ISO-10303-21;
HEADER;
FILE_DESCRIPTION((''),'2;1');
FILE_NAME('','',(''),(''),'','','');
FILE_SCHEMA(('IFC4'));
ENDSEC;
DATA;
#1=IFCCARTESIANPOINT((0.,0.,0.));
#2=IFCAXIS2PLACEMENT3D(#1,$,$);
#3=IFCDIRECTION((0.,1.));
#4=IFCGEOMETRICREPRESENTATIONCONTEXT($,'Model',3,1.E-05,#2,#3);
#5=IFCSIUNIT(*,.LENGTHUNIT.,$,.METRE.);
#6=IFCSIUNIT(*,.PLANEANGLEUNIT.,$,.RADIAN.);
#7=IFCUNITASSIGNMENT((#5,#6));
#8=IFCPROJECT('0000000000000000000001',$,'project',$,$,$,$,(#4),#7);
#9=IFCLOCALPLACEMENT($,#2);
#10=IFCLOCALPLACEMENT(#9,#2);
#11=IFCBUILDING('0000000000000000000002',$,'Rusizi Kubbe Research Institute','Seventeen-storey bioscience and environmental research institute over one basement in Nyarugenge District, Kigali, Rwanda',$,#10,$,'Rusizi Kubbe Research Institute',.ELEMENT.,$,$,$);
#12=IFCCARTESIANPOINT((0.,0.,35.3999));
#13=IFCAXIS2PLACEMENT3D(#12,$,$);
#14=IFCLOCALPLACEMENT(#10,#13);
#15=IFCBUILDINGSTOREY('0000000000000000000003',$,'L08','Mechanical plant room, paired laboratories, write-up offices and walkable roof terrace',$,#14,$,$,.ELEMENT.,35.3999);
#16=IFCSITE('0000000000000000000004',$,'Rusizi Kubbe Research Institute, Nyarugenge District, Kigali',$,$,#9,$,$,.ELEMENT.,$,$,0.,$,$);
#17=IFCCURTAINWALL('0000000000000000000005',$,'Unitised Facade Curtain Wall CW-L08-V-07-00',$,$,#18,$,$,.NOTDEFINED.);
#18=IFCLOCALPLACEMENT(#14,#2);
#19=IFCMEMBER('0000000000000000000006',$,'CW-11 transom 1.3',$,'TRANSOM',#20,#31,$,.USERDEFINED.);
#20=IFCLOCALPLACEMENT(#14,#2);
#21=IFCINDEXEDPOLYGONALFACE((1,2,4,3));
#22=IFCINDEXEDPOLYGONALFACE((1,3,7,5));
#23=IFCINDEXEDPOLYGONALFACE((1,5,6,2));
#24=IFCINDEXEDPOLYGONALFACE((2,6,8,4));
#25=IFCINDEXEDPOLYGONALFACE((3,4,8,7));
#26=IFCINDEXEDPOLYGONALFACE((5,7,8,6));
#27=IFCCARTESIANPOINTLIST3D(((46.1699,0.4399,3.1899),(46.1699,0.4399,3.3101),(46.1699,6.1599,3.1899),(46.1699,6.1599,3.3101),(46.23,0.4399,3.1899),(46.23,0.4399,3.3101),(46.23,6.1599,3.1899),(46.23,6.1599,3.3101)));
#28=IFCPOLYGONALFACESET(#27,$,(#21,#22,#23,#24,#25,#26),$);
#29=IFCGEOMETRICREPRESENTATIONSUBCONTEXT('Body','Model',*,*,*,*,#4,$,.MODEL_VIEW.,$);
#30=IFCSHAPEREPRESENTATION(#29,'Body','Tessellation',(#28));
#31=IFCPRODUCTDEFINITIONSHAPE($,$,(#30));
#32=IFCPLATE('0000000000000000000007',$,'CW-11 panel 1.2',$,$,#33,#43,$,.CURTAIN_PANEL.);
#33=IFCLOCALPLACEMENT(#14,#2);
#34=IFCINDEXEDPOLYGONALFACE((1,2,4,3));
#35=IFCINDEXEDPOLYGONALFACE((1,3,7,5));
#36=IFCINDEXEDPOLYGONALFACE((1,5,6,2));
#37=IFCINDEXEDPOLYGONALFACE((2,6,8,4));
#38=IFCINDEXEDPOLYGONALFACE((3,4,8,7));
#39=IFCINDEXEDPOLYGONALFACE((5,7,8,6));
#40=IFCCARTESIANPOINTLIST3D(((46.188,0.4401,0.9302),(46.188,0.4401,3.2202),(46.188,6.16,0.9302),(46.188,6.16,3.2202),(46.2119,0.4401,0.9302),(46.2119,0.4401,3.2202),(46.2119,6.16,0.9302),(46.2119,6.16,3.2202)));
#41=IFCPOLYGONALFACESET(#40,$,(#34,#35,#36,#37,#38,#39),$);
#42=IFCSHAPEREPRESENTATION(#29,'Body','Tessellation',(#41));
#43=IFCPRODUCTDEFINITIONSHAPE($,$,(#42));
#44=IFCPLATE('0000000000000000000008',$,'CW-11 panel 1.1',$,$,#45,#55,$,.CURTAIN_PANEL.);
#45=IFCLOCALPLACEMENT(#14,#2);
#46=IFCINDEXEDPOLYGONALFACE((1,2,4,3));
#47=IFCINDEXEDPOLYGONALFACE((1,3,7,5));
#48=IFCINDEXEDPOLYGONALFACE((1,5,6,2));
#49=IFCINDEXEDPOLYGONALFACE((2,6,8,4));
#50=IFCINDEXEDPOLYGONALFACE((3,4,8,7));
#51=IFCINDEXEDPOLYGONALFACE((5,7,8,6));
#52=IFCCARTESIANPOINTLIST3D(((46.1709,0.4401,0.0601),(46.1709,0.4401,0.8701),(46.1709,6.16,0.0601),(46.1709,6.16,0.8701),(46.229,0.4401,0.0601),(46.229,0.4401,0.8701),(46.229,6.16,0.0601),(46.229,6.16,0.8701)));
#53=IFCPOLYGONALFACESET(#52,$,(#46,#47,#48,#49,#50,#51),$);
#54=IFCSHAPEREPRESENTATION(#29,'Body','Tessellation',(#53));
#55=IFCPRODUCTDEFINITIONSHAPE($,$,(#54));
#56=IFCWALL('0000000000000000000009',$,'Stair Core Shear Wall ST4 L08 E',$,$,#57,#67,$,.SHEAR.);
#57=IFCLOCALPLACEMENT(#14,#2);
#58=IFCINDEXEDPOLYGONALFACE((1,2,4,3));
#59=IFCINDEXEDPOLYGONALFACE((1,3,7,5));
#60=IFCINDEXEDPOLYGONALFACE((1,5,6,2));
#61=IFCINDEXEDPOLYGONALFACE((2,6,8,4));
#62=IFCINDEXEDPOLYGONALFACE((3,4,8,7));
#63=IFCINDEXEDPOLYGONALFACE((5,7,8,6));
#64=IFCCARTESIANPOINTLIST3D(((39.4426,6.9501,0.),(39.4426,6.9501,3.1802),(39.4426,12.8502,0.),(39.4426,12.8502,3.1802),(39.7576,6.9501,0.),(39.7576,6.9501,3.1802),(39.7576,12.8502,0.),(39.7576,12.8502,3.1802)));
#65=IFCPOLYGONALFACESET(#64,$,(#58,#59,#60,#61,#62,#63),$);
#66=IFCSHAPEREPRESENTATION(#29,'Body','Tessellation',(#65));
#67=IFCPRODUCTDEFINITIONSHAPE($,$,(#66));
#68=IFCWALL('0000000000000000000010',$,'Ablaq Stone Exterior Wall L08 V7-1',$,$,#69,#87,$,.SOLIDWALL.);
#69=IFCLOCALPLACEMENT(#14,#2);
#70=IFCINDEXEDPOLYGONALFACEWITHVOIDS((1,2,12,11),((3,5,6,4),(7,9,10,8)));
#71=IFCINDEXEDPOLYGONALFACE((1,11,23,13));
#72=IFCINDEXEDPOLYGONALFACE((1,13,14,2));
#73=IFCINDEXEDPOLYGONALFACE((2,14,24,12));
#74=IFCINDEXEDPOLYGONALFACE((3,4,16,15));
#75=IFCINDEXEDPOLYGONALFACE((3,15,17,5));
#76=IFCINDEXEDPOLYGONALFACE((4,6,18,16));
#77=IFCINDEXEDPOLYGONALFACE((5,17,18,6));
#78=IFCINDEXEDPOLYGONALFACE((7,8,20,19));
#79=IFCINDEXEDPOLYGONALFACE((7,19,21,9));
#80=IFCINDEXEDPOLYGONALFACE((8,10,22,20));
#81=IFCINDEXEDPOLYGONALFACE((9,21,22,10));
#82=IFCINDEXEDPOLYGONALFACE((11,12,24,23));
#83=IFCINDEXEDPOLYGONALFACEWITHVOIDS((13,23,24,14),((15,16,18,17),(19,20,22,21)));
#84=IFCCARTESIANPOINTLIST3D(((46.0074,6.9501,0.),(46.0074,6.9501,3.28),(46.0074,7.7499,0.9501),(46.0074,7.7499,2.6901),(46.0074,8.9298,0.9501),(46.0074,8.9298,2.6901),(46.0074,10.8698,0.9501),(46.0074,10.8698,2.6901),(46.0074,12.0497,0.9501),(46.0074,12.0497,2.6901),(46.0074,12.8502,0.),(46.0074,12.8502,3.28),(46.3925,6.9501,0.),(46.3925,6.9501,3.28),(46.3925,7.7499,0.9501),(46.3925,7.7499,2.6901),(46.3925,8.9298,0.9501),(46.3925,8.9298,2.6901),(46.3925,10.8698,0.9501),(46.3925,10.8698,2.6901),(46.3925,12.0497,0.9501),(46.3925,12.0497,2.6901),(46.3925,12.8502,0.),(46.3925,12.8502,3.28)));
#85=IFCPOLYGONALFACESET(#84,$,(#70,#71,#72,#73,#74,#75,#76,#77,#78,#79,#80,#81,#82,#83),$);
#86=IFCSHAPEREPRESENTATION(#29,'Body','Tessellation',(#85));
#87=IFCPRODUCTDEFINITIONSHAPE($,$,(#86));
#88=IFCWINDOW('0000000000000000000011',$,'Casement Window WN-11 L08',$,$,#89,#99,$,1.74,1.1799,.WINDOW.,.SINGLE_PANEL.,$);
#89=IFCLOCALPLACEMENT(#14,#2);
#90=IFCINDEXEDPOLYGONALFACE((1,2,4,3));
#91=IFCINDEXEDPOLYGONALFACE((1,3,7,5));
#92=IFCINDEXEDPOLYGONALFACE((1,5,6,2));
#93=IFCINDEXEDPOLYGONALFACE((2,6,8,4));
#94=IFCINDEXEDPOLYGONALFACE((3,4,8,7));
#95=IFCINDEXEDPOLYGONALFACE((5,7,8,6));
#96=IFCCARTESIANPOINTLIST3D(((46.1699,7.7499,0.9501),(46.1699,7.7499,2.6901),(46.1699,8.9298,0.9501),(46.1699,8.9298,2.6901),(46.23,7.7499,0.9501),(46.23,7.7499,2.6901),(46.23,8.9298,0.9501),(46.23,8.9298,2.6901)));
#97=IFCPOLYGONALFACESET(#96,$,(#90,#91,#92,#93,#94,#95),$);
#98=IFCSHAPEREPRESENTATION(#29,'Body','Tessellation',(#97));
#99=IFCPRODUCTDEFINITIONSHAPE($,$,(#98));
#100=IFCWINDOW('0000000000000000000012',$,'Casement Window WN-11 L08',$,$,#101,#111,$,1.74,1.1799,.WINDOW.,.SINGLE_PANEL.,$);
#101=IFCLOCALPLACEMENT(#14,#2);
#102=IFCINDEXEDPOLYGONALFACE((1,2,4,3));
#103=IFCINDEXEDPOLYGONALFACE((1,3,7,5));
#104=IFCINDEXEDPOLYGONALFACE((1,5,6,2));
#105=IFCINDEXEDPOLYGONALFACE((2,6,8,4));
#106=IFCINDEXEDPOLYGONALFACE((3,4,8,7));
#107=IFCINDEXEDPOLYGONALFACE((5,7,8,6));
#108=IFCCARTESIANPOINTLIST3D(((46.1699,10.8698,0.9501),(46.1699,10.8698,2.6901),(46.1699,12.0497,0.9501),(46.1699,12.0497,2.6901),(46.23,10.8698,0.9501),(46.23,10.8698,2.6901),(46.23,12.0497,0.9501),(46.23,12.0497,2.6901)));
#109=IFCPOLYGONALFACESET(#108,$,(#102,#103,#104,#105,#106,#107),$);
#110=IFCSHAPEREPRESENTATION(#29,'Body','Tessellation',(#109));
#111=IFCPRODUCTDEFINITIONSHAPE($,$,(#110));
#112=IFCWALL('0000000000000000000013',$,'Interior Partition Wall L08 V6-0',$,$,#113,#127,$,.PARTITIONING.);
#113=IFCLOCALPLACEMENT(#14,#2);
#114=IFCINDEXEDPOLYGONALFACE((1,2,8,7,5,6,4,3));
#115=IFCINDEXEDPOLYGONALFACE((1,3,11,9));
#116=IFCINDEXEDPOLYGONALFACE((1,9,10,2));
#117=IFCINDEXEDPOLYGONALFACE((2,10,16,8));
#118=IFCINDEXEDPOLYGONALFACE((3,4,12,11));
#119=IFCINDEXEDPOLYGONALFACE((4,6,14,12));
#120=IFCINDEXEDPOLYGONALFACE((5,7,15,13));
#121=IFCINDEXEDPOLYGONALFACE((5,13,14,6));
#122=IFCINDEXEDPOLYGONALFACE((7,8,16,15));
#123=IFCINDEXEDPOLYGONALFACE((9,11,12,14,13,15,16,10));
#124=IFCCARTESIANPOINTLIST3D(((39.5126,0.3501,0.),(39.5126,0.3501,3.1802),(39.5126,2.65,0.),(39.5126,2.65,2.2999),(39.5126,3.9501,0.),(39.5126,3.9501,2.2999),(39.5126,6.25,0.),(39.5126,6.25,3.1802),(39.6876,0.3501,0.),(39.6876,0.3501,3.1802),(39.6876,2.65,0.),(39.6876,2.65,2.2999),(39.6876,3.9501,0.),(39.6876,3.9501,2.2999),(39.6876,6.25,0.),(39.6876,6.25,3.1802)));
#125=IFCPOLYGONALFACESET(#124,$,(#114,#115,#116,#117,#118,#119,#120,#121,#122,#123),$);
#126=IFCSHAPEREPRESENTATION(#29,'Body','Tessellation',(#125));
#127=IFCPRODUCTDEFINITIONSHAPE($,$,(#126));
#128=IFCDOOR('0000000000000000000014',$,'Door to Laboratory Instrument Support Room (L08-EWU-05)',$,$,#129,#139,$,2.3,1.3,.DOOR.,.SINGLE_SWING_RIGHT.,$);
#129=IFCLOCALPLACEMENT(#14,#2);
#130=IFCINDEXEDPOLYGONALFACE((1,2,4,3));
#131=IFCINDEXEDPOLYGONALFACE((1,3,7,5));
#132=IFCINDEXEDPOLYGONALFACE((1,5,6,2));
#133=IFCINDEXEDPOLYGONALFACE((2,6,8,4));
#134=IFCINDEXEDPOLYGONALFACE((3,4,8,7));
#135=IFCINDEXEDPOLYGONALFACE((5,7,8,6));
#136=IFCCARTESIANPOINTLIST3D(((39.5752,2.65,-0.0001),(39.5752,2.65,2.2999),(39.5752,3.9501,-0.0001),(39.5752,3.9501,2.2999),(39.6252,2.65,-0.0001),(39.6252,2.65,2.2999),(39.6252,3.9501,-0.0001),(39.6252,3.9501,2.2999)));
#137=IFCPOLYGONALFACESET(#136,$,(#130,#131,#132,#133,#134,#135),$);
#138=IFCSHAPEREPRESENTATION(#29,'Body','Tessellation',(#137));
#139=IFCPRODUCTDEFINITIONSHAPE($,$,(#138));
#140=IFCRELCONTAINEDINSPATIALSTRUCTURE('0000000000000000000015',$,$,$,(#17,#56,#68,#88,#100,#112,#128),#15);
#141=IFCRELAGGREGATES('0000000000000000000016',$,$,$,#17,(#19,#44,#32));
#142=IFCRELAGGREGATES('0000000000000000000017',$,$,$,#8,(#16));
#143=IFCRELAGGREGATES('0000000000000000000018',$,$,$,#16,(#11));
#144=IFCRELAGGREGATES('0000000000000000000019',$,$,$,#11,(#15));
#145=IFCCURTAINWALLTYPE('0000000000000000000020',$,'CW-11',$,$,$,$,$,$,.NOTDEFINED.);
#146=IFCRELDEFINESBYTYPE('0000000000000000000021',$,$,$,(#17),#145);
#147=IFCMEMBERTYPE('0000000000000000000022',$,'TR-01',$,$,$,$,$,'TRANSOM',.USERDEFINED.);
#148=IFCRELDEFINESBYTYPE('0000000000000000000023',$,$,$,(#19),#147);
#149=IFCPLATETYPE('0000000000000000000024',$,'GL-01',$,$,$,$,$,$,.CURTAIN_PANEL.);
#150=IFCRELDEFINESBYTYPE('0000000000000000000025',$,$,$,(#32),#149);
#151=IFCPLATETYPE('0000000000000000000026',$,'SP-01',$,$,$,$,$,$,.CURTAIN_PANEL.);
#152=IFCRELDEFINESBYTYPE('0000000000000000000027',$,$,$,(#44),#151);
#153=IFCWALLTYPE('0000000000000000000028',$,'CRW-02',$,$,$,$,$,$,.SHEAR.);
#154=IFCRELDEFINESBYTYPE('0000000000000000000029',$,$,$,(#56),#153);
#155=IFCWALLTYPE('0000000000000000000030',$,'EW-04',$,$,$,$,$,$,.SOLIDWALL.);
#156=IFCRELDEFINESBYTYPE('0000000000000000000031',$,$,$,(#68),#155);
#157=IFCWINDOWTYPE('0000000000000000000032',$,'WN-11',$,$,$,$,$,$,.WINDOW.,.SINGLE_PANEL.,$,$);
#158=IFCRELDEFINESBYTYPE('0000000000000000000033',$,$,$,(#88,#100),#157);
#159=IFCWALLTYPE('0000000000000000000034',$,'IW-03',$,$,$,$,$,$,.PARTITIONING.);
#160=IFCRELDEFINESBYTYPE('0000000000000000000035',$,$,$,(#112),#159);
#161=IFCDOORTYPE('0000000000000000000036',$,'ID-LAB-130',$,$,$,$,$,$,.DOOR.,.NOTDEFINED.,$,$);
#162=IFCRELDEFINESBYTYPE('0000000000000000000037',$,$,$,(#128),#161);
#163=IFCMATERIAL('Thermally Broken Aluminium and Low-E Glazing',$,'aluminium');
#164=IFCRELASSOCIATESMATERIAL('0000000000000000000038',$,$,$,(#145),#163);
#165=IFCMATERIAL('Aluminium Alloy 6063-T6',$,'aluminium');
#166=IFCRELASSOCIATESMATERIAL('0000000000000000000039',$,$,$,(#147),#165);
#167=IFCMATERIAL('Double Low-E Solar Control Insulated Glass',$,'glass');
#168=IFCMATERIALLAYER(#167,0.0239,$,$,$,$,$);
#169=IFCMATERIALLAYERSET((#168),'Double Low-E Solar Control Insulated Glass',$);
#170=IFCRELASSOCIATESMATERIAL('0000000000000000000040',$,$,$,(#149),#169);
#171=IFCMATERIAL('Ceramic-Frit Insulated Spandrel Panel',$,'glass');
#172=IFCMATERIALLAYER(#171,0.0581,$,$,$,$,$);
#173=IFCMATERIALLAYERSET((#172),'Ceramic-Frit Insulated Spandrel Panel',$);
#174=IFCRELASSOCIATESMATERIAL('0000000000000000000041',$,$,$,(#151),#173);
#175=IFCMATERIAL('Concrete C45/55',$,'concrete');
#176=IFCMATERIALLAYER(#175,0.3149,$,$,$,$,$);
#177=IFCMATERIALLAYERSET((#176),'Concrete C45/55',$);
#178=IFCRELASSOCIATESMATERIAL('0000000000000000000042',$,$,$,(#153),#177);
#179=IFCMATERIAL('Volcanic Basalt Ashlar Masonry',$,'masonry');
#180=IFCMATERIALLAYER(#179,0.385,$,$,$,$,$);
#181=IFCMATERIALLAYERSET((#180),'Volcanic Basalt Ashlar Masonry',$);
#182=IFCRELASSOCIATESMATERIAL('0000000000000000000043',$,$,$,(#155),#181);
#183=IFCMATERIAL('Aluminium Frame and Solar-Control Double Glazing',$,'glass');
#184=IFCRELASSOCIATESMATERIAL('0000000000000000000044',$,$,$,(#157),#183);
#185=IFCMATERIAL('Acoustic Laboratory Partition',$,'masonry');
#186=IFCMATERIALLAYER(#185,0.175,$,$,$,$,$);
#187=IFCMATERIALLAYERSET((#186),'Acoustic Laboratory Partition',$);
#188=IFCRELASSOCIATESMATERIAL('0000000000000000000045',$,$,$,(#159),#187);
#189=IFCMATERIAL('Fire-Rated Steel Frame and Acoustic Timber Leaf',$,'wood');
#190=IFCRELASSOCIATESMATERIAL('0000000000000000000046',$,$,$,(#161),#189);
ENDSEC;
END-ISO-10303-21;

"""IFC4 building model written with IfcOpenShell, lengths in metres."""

from ifc_helpers import new_model, si_unit, direction, frame, frame_2d, origin, origin_2d, place, context, subcontext, project, spatial, rectangle, extrude, material, layer, layer_set, material_profile, profile_set, type_object, element, fill, aggregate, save


model = new_model("IFC4")

# Units and contexts
model_context = context("Model", 3, precision=1e-05, world=origin(), true_north=direction((0.0, 1.0)))
body_context = subcontext(model_context, "Body", "Model", "MODEL_VIEW")
ifc_project = project(units=[si_unit("LENGTHUNIT", "METRE"), si_unit("PLANEANGLEUNIT", "RADIAN")], contexts=[model_context])

# Site, building, storey
site_placement = place(None, origin())
site = spatial("IfcSite", under=ifc_project, at=site_placement, Name="Rusizi Kubbe Research Institute, Nyarugenge District, Kigali", CompositionType="ELEMENT", RefElevation=0.0)
building_placement = place(site_placement, origin())
building = spatial("IfcBuilding", under=site, at=building_placement, Name="Rusizi Kubbe Research Institute", Description="Seventeen-storey bioscience and environmental research institute over one basement in Nyarugenge District, Kigali, Rwanda", LongName="Rusizi Kubbe Research Institute", CompositionType="ELEMENT")
storey_placement = place(building_placement, frame((0.0, 0.0, 35.3999)))
storey = spatial("IfcBuildingStorey", under=building, at=storey_placement, Name="L08", Description="Mechanical plant room, paired laboratories, write-up offices and walkable roof terrace", CompositionType="ELEMENT", Elevation=35.3999)

# Curtain wall, member, plates
ifc_material_1 = material(Name="Thermally Broken Aluminium and Low-E Glazing", Category="aluminium")
curtain_wall_type = type_object("IfcCurtainWallType", Name="CW-11", PredefinedType="NOTDEFINED", material=ifc_material_1)
curtain_wall_placement = place(storey_placement, origin())
curtain_wall = element("IfcCurtainWall", 1, at=curtain_wall_placement, inside=storey, type_object=curtain_wall_type, Name="Unitised Facade Curtain Wall CW-L08-V-07-00", PredefinedType="NOTDEFINED")
ifc_material_2 = material(Name="Aluminium Alloy 6063-T6", Category="aluminium")
ifc_material_profile_1 = material_profile(ifc_material_2, rectangle(XDim=0.0601, YDim=0.1201, at=origin_2d()), Name="ALU-T 60x120")
ifc_profile_set_1 = profile_set([ifc_material_profile_1], Name="Aluminium Alloy 6063-T6")
member_type_1 = type_object("IfcMemberType", Name="TR-01", ElementType="TRANSOM", PredefinedType="USERDEFINED", material=ifc_profile_set_1)
member_1_placement = place(storey_placement, frame((46.2, 0.4399, 3.25), z_axis=(0.0, 1.0, 0.0), x_axis=(-1.0, 0.0, 0.0)))
member_1 = element("IfcMember", 2, at=member_1_placement, type_object=member_type_1, Name="CW-11 transom 1.3", ObjectType="TRANSOM", PredefinedType="USERDEFINED", context=body_context, shape_type="SweptSolid", body=[
    extrude(rectangle(XDim=0.0601, YDim=0.1201, at=origin_2d()), origin(), (0.0, 0.0, 1.0), 5.72),
])
ifc_material_3 = material(Name="Double Low-E Solar Control Insulated Glass", Category="glass")
ifc_layer_1 = layer(ifc_material_3, 0.0239)
ifc_layer_set_1 = layer_set([ifc_layer_1], Name="Double Low-E Solar Control Insulated Glass")
plate_type_1 = type_object("IfcPlateType", Name="GL-01", PredefinedType="CURTAIN_PANEL", material=ifc_layer_set_1)
plate_1_placement = place(storey_placement, frame((46.2, 3.3, 0.9302), z_axis=(0.0, 0.0, 1.0), x_axis=(0.0, 1.0, 0.0)))
plate_1 = element("IfcPlate", 3, at=plate_1_placement, type_object=plate_type_1, Name="CW-11 panel 1.2", PredefinedType="CURTAIN_PANEL", context=body_context, shape_type="SweptSolid", body=[
    extrude(rectangle(XDim=5.72, YDim=0.0239, at=origin_2d()), origin(), (0.0, 0.0, 1.0), 2.29),
])
ifc_material_4 = material(Name="Ceramic-Frit Insulated Spandrel Panel", Category="glass")
ifc_layer_2 = layer(ifc_material_4, 0.0581)
ifc_layer_set_2 = layer_set([ifc_layer_2], Name="Ceramic-Frit Insulated Spandrel Panel")
plate_type_2 = type_object("IfcPlateType", Name="SP-01", PredefinedType="CURTAIN_PANEL", material=ifc_layer_set_2)
plate_2_placement = place(storey_placement, frame((46.2, 3.3, 0.0601), z_axis=(0.0, 0.0, 1.0), x_axis=(0.0, 1.0, 0.0)))
plate_2 = element("IfcPlate", 4, at=plate_2_placement, type_object=plate_type_2, Name="CW-11 panel 1.1", PredefinedType="CURTAIN_PANEL", context=body_context, shape_type="SweptSolid", body=[
    extrude(rectangle(XDim=5.72, YDim=0.0581, at=origin_2d()), origin(), (0.0, 0.0, 1.0), 0.8101),
])
aggregate(curtain_wall, [member_1, plate_2, plate_1])

# Wall
ifc_material_5 = material(Name="Concrete C45/55", Category="concrete")
ifc_layer_3 = layer(ifc_material_5, 0.3149)
ifc_layer_set_3 = layer_set([ifc_layer_3], Name="Concrete C45/55")
wall_type_1 = type_object("IfcWallType", Name="CRW-02", PredefinedType="SHEAR", material=ifc_layer_set_3)
wall_1_placement = place(storey_placement, frame((39.6001, 6.95, 0.0), z_axis=(0.0, 0.0, 1.0), x_axis=(0.0, 1.0, 0.0)))
element("IfcWall", 5, at=wall_1_placement, inside=storey, type_object=wall_type_1, Name="Stair Core Shear Wall ST4 L08 E", PredefinedType="SHEAR", context=body_context, shape_type="SweptSolid", body=[
    extrude(rectangle(XDim=5.9001, YDim=0.3149, at=frame_2d((2.9502, 0.0))), origin(), (0.0, 0.0, 1.0), 3.1802),
])

# Wall, openings, windows
ifc_material_6 = material(Name="Volcanic Basalt Ashlar Masonry", Category="masonry")
ifc_layer_4 = layer(ifc_material_6, 0.385)
ifc_layer_set_4 = layer_set([ifc_layer_4], Name="Volcanic Basalt Ashlar Masonry")
wall_type_2 = type_object("IfcWallType", Name="EW-04", PredefinedType="SOLIDWALL", material=ifc_layer_set_4)
wall_2_placement = place(storey_placement, frame((46.2, 6.95, 0.0), z_axis=(0.0, 0.0, 1.0), x_axis=(0.0, 1.0, 0.0)))
wall_2 = element("IfcWall", 6, at=wall_2_placement, inside=storey, type_object=wall_type_2, Name="Ablaq Stone Exterior Wall L08 V7-1", PredefinedType="SOLIDWALL", context=body_context, shape_type="SweptSolid", body=[
    extrude(rectangle(XDim=5.9001, YDim=0.385, at=frame_2d((2.9502, 0.0))), origin(), (0.0, 0.0, 1.0), 3.28),
])
opening_1_placement = place(wall_2_placement, frame((0.8, 0.0, 0.95)))
opening_1 = element("IfcOpeningElement", 7, at=opening_1_placement, cuts=wall_2, PredefinedType="OPENING", context=body_context, shape_type="SweptSolid", body=[
    extrude(rectangle(XDim=1.1799, YDim=1.74, at=frame_2d((0.5898, 0.8701))), frame((0.0, 0.2024, 0.0), z_axis=(0.0, -1.0, 0.0), x_axis=(1.0, 0.0, 0.0)), (0.0, 0.0, 1.0), 0.405),
])
opening_2_placement = place(wall_2_placement, frame((3.9199, 0.0, 0.95)))
opening_2 = element("IfcOpeningElement", 8, at=opening_2_placement, cuts=wall_2, PredefinedType="OPENING", context=body_context, shape_type="SweptSolid", body=[
    extrude(rectangle(XDim=1.1799, YDim=1.74, at=frame_2d((0.5898, 0.8701))), frame((0.0, 0.2024, 0.0), z_axis=(0.0, -1.0, 0.0), x_axis=(1.0, 0.0, 0.0)), (0.0, 0.0, 1.0), 0.405),
])
ifc_material_7 = material(Name="Aluminium Frame and Solar-Control Double Glazing", Category="glass")
window_type = type_object("IfcWindowType", Name="WN-11", PartitioningType="SINGLE_PANEL", PredefinedType="WINDOW", material=ifc_material_7)
window_1_placement = place(opening_1_placement, origin())
window_1 = element("IfcWindow", 9, at=window_1_placement, inside=storey, type_object=window_type, Name="Casement Window WN-11 L08", OverallHeight=1.74, OverallWidth=1.1799, PartitioningType="SINGLE_PANEL", PredefinedType="WINDOW", context=body_context, shape_type="SweptSolid", body=[
    extrude(rectangle(XDim=1.1799, YDim=1.74, at=frame_2d((0.5898, 0.8701))), frame((0.0, 0.03, 0.0), z_axis=(0.0, -1.0, 0.0), x_axis=(1.0, 0.0, 0.0)), (0.0, 0.0, 1.0), 0.0601),
])
fill(opening_1, window_1)
window_2_placement = place(opening_2_placement, origin())
window_2 = element("IfcWindow", 10, at=window_2_placement, inside=storey, type_object=window_type, Name="Casement Window WN-11 L08", OverallHeight=1.74, OverallWidth=1.1799, PartitioningType="SINGLE_PANEL", PredefinedType="WINDOW", context=body_context, shape_type="SweptSolid", body=[
    extrude(rectangle(XDim=1.1799, YDim=1.74, at=frame_2d((0.5898, 0.8701))), frame((0.0, 0.03, 0.0), z_axis=(0.0, -1.0, 0.0), x_axis=(1.0, 0.0, 0.0)), (0.0, 0.0, 1.0), 0.0601),
])
fill(opening_2, window_2)

# Wall, opening, door
ifc_material_8 = material(Name="Acoustic Laboratory Partition", Category="masonry")
ifc_layer_5 = layer(ifc_material_8, 0.175)
ifc_layer_set_5 = layer_set([ifc_layer_5], Name="Acoustic Laboratory Partition")
wall_type_3 = type_object("IfcWallType", Name="IW-03", PredefinedType="PARTITIONING", material=ifc_layer_set_5)
wall_3_placement = place(storey_placement, frame((39.6001, 0.3501, 0.0), z_axis=(0.0, 0.0, 1.0), x_axis=(0.0, 1.0, 0.0)))
wall_3 = element("IfcWall", 11, at=wall_3_placement, inside=storey, type_object=wall_type_3, Name="Interior Partition Wall L08 V6-0", PredefinedType="PARTITIONING", context=body_context, shape_type="SweptSolid", body=[
    extrude(rectangle(XDim=5.8999, YDim=0.175, at=frame_2d((2.95, 0.0))), origin(), (0.0, 0.0, 1.0), 3.1802),
])
opening_3_placement = place(wall_3_placement, frame((2.3, 0.0, 0.0)))
opening_3 = element("IfcOpeningElement", 12, at=opening_3_placement, cuts=wall_3, PredefinedType="OPENING", context=body_context, shape_type="SweptSolid", body=[
    extrude(rectangle(XDim=1.3, YDim=2.3, at=frame_2d((0.6499, 1.1499))), frame((0.0, 0.0974, 0.0), z_axis=(0.0, -1.0, 0.0), x_axis=(1.0, 0.0, 0.0)), (0.0, 0.0, 1.0), 0.1951),
])
ifc_material_9 = material(Name="Fire-Rated Steel Frame and Acoustic Timber Leaf", Category="wood")
door_type_1 = type_object("IfcDoorType", Name="ID-LAB-130", OperationType="NOTDEFINED", PredefinedType="DOOR", material=ifc_material_9)
door_1_placement = place(opening_3_placement, origin())
door_1 = element("IfcDoor", 13, at=door_1_placement, inside=storey, type_object=door_type_1, Name="Door to Laboratory Instrument Support Room (L08-EWU-05)", OperationType="SINGLE_SWING_RIGHT", OverallHeight=2.3, OverallWidth=1.3, PredefinedType="DOOR", context=body_context, shape_type="SweptSolid", body=[
    extrude(rectangle(XDim=1.3, YDim=2.3, at=frame_2d((0.6499, 1.1499))), frame((0.0, 0.0249, 0.0), z_axis=(0.0, -1.0, 0.0), x_axis=(1.0, 0.0, 0.0)), (0.0, 0.0, 1.0), 0.05),
])
fill(opening_3, door_1)

save(model, "model.ifc")
